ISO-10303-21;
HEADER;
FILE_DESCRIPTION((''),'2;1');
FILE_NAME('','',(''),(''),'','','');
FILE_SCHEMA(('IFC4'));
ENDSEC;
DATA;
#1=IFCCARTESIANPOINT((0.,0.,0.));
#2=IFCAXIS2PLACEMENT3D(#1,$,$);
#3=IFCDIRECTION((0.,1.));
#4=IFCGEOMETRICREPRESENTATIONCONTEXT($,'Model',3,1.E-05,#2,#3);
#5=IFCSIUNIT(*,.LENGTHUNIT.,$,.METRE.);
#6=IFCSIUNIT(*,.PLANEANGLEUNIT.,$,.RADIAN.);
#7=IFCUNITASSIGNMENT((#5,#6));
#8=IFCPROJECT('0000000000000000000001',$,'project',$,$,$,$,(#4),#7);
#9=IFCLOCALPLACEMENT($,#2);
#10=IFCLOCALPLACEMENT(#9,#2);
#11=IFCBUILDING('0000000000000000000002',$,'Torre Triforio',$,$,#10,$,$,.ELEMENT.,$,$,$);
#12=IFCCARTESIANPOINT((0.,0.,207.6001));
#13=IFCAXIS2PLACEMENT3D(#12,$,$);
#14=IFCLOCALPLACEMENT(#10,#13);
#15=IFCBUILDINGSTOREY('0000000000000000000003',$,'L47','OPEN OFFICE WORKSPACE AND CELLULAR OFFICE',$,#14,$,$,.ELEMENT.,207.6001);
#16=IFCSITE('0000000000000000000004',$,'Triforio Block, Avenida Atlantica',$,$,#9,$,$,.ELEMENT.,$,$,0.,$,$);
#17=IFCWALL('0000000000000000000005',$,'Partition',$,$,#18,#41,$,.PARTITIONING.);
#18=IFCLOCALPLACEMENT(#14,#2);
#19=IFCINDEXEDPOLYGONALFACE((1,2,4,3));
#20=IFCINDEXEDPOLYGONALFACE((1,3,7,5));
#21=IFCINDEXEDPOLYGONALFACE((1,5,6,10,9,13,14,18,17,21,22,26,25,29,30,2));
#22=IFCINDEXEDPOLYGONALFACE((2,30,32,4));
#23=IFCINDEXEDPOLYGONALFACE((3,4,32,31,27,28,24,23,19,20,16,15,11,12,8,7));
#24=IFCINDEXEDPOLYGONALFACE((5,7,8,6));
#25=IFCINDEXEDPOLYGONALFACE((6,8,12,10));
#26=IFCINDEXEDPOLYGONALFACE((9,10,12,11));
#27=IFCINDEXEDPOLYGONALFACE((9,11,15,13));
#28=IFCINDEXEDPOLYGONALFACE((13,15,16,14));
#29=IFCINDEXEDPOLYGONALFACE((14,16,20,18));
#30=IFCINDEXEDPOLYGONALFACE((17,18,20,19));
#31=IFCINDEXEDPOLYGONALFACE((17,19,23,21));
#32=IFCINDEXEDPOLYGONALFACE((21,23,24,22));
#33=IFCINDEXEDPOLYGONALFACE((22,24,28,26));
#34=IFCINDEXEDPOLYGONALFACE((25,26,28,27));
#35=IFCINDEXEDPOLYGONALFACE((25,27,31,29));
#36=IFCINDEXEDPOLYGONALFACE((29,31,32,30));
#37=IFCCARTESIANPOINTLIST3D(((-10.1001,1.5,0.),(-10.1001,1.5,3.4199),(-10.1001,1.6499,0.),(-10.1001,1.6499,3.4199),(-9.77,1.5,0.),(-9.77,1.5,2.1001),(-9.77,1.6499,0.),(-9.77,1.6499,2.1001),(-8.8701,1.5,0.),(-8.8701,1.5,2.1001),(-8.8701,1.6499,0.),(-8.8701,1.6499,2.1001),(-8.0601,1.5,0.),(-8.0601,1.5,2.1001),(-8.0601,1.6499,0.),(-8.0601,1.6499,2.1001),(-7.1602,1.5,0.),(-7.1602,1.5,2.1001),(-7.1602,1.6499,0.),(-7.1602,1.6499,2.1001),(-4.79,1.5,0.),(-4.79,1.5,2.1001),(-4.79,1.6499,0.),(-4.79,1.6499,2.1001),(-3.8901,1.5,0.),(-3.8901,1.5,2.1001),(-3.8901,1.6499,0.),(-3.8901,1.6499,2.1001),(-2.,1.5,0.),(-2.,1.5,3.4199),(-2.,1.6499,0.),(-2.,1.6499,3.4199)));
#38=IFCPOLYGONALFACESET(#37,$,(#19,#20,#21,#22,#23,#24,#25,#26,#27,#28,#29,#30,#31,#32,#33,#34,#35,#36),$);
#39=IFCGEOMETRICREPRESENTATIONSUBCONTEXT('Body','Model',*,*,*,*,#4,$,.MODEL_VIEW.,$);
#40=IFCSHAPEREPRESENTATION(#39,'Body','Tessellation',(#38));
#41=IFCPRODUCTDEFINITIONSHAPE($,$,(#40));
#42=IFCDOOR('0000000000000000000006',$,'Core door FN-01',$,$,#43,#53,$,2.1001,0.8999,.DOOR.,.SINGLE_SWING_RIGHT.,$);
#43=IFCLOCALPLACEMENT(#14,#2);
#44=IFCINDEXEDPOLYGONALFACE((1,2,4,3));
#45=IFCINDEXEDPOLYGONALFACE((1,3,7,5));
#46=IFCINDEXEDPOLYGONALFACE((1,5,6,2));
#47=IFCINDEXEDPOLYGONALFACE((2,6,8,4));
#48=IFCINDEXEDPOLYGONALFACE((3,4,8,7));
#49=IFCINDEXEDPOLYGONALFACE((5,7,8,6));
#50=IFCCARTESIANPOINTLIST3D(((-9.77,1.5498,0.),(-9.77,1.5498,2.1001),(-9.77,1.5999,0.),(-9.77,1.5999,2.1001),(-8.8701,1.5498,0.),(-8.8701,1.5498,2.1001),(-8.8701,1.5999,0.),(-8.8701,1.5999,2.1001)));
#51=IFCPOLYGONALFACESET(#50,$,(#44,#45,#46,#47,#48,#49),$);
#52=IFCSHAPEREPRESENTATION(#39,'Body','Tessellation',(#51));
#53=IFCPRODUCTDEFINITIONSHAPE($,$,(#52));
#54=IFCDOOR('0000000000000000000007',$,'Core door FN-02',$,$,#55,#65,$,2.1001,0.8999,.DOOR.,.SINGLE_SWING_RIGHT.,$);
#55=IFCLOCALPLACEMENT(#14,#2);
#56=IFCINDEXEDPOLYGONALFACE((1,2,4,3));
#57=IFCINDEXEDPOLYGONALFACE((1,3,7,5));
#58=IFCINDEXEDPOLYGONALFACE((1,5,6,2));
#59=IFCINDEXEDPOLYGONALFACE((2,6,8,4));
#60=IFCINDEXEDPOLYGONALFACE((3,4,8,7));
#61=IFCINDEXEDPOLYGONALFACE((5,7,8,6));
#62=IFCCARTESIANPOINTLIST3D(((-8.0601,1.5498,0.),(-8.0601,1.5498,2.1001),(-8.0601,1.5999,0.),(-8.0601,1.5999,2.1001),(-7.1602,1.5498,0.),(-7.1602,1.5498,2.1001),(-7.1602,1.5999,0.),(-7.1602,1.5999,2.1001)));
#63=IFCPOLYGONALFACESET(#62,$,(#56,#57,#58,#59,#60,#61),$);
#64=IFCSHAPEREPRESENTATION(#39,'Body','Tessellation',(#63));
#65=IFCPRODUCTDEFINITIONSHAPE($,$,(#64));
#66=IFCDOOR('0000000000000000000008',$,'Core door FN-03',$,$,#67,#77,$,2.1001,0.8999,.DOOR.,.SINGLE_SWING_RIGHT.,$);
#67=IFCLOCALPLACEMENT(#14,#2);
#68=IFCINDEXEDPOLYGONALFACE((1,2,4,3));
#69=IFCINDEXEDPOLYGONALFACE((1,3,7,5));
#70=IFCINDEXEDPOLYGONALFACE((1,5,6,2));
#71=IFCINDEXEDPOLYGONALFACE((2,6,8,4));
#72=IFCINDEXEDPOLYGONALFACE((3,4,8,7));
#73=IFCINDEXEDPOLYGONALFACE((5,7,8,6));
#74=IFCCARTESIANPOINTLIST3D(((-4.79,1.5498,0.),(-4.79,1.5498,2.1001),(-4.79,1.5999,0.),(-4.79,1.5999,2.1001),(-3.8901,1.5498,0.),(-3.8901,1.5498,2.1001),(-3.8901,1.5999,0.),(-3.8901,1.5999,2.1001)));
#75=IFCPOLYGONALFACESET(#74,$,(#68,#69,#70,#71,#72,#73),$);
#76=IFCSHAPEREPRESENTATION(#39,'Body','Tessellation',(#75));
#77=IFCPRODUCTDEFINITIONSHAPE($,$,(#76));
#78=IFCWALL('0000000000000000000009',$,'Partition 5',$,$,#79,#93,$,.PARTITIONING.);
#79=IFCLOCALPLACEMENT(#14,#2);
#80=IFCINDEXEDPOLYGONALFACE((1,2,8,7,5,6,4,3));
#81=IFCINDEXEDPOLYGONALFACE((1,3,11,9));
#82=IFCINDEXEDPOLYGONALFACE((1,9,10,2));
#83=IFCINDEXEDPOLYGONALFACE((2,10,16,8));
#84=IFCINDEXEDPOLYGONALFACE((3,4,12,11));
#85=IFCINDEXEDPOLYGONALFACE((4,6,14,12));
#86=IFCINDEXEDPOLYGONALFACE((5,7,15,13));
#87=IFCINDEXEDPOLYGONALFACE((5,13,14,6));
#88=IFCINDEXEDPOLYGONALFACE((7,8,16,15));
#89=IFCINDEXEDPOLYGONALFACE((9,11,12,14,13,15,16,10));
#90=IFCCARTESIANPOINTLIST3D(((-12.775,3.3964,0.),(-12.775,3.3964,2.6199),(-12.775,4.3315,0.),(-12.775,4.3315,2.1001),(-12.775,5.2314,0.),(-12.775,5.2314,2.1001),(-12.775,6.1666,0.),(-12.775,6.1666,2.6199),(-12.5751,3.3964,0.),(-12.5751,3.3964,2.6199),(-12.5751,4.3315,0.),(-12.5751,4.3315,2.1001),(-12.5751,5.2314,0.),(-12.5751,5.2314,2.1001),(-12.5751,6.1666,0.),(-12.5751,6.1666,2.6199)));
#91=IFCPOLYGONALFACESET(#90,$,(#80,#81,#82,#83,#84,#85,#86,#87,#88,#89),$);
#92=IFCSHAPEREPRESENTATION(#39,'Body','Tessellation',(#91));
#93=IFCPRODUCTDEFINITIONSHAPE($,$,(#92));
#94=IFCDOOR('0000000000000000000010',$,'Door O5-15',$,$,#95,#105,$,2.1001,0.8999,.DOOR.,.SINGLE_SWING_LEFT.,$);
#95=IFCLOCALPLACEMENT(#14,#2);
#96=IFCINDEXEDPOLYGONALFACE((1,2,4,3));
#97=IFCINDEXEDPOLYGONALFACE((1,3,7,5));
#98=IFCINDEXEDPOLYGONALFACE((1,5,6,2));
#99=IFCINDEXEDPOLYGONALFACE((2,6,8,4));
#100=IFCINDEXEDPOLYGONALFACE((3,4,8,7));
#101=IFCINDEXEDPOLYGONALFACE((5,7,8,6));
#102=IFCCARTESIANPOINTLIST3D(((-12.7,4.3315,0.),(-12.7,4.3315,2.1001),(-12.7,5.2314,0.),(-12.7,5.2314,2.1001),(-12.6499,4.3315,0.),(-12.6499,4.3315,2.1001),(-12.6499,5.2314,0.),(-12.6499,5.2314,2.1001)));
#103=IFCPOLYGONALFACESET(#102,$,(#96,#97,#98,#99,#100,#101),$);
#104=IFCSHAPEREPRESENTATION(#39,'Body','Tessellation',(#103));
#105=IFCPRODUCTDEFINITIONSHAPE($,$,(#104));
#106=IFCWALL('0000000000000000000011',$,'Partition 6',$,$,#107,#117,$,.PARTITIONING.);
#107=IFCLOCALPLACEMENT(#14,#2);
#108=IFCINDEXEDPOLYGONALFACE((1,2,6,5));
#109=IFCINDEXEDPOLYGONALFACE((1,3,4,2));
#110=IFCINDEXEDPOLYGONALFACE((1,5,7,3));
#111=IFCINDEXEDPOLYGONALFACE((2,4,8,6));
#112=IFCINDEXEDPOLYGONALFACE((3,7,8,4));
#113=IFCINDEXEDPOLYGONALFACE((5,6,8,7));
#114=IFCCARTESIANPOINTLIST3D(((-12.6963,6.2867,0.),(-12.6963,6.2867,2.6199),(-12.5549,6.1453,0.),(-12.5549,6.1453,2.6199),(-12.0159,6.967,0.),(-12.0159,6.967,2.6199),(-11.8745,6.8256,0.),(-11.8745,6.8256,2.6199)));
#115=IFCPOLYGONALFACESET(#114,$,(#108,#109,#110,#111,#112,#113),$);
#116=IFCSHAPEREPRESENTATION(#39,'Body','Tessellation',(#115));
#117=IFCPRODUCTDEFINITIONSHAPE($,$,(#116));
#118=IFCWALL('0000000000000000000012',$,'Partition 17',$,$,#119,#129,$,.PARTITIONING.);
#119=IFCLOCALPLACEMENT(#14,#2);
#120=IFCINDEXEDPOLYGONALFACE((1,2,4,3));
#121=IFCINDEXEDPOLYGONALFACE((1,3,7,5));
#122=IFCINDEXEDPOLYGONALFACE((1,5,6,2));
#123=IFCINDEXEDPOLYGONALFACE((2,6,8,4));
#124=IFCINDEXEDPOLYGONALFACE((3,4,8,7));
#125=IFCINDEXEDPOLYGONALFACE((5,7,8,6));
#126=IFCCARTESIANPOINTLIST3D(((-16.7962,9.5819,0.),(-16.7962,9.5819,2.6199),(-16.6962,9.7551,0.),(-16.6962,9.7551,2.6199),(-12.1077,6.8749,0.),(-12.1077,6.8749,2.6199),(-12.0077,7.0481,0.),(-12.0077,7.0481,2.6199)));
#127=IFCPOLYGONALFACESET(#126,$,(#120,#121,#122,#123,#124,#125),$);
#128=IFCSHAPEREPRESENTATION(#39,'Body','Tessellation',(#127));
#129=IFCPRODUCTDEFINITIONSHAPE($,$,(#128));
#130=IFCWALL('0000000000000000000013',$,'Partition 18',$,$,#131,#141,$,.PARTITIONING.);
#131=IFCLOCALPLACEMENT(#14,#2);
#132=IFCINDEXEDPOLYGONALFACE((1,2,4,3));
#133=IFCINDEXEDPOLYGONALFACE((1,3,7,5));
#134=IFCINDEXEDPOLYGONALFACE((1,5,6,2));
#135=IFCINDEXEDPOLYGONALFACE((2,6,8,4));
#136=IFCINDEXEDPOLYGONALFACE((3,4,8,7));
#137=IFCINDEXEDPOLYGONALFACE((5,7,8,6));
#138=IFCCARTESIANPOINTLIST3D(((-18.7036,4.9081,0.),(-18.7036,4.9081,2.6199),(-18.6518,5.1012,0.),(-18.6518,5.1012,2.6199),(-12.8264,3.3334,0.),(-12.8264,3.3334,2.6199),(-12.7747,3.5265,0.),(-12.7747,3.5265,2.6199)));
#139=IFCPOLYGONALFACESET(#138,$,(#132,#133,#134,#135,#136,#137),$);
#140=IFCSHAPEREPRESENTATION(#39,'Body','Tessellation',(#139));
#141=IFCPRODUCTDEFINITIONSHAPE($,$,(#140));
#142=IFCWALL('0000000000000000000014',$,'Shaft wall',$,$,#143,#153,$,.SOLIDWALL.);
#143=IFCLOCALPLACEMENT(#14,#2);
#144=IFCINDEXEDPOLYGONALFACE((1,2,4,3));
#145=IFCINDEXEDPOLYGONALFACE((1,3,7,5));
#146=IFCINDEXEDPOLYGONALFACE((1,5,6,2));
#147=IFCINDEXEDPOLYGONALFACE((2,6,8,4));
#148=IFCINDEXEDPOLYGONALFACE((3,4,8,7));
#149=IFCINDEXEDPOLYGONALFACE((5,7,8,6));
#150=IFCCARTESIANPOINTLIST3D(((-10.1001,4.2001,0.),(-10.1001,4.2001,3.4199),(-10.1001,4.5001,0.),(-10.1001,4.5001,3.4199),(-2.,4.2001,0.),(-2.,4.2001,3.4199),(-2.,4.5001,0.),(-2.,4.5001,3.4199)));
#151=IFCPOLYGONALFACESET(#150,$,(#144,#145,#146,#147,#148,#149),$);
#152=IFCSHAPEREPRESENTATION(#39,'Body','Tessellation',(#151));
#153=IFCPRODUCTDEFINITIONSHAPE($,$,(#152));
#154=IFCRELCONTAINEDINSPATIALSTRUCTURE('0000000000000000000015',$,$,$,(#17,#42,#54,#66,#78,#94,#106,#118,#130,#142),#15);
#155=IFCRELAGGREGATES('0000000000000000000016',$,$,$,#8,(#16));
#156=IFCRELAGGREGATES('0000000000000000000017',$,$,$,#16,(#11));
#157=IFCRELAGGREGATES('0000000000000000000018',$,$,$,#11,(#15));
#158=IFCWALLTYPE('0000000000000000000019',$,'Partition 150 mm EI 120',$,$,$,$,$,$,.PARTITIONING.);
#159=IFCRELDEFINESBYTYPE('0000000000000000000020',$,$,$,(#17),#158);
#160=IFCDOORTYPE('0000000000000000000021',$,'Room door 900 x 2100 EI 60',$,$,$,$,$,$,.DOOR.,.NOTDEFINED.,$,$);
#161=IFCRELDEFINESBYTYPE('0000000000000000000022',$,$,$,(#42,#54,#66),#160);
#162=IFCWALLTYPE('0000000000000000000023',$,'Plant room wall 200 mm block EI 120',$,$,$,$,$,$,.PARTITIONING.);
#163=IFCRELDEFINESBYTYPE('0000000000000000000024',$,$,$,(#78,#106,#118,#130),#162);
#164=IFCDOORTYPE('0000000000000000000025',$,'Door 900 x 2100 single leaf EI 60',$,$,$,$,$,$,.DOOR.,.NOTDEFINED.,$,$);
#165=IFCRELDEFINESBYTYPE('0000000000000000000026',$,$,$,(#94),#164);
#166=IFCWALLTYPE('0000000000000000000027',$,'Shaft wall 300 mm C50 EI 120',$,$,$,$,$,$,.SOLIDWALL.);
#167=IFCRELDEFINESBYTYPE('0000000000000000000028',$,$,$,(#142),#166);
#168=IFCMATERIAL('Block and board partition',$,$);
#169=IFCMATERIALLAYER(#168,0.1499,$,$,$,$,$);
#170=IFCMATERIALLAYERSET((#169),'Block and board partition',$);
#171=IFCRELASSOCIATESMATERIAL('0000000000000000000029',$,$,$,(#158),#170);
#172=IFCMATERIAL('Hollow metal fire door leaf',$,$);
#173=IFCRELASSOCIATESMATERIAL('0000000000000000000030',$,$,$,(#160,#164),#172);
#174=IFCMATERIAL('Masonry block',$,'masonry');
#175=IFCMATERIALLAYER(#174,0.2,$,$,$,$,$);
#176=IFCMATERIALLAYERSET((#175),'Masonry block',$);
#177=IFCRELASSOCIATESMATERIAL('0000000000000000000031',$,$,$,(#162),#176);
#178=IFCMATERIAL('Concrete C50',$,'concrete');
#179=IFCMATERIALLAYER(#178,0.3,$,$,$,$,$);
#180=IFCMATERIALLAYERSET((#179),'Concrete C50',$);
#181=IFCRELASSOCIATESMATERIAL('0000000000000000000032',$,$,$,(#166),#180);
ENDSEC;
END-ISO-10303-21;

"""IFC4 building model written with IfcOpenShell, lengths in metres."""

from ifc_helpers import new_model, si_unit, direction, frame, frame_2d, origin, place, context, subcontext, project, spatial, rectangle, extrude, material, layer, layer_set, type_object, element, fill, save


model = new_model("IFC4")

# Units and contexts
model_context = context("Model", 3, precision=1e-05, world=origin(), true_north=direction((0.0, 1.0)))
body_context = subcontext(model_context, "Body", "Model", "MODEL_VIEW")
ifc_project = project(units=[si_unit("LENGTHUNIT", "METRE"), si_unit("PLANEANGLEUNIT", "RADIAN")], contexts=[model_context])

# Site, building, storey
site_placement = place(None, origin())
site = spatial("IfcSite", under=ifc_project, at=site_placement, Name="Triforio Block, Avenida Atlantica", CompositionType="ELEMENT", RefElevation=0.0)
building_placement = place(site_placement, origin())
building = spatial("IfcBuilding", under=site, at=building_placement, Name="Torre Triforio", CompositionType="ELEMENT")
storey_placement = place(building_placement, frame((0.0, 0.0, 207.6001)))
storey = spatial("IfcBuildingStorey", under=building, at=storey_placement, Name="L47", Description="OPEN OFFICE WORKSPACE AND CELLULAR OFFICE", CompositionType="ELEMENT", Elevation=207.6001)

# Shared definitions
ifc_material_1 = material(Name="Concrete C50", Category="concrete")

# Shared definitions
ifc_material_2 = material(Name="Hollow metal fire door leaf")

# Wall, openings, doors
ifc_material_3 = material(Name="Block and board partition")
ifc_layer_1 = layer(ifc_material_3, 0.1499)
ifc_layer_set_1 = layer_set([ifc_layer_1], Name="Block and board partition")
wall_type_1 = type_object("IfcWallType", Name="Partition 150 mm EI 120", PredefinedType="PARTITIONING", material=ifc_layer_set_1)
wall_1_placement = place(storey_placement, frame((-10.1001, 1.575, 0.0), z_axis=(0.0, 0.0, 1.0), x_axis=(1.0, 0.0, 0.0)))
wall_1 = element("IfcWall", 1, at=wall_1_placement, inside=storey, type_object=wall_type_1, Name="Partition", PredefinedType="PARTITIONING", context=body_context, shape_type="SweptSolid", body=[
    extrude(rectangle(XDim=8.1001, YDim=0.1499, at=frame_2d((4.05, 0.0))), origin(), (0.0, 0.0, 1.0), 3.4199),
])
opening_1_placement = place(wall_1_placement, frame((0.3301, 0.0, 0.0)))
opening_1 = element("IfcOpeningElement", 2, at=opening_1_placement, cuts=wall_1, PredefinedType="OPENING", context=body_context, shape_type="SweptSolid", body=[
    extrude(rectangle(XDim=0.8999, YDim=2.1001, at=frame_2d((0.45, 1.05))), frame((0.0, 0.085, 0.0), z_axis=(0.0, -1.0, 0.0), x_axis=(1.0, 0.0, 0.0)), (0.0, 0.0, 1.0), 0.1699),
])
opening_2_placement = place(wall_1_placement, frame((2.04, 0.0, 0.0)))
opening_2 = element("IfcOpeningElement", 3, at=opening_2_placement, cuts=wall_1, PredefinedType="OPENING", context=body_context, shape_type="SweptSolid", body=[
    extrude(rectangle(XDim=0.8999, YDim=2.1001, at=frame_2d((0.45, 1.05))), frame((0.0, 0.085, 0.0), z_axis=(0.0, -1.0, 0.0), x_axis=(1.0, 0.0, 0.0)), (0.0, 0.0, 1.0), 0.1699),
])
opening_3_placement = place(wall_1_placement, frame((5.3101, 0.0, 0.0)))
opening_3 = element("IfcOpeningElement", 4, at=opening_3_placement, cuts=wall_1, PredefinedType="OPENING", context=body_context, shape_type="SweptSolid", body=[
    extrude(rectangle(XDim=0.8999, YDim=2.1001, at=frame_2d((0.45, 1.05))), frame((0.0, 0.085, 0.0), z_axis=(0.0, -1.0, 0.0), x_axis=(1.0, 0.0, 0.0)), (0.0, 0.0, 1.0), 0.1699),
])
door_type_1 = type_object("IfcDoorType", Name="Room door 900 x 2100 EI 60", OperationType="NOTDEFINED", PredefinedType="DOOR", material=ifc_material_2)
door_1_placement = place(opening_1_placement, origin())
door_1 = element("IfcDoor", 5, at=door_1_placement, inside=storey, type_object=door_type_1, Name="Core door FN-01", OperationType="SINGLE_SWING_RIGHT", OverallHeight=2.1001, OverallWidth=0.8999, PredefinedType="DOOR", context=body_context, shape_type="SweptSolid", body=[
    extrude(rectangle(XDim=0.8999, YDim=2.1001, at=frame_2d((0.45, 1.05))), frame((0.0, 0.0249, 0.0), z_axis=(0.0, -1.0, 0.0), x_axis=(1.0, 0.0, 0.0)), (0.0, 0.0, 1.0), 0.05),
])
fill(opening_1, door_1)
door_2_placement = place(opening_2_placement, origin())
door_2 = element("IfcDoor", 6, at=door_2_placement, inside=storey, type_object=door_type_1, Name="Core door FN-02", OperationType="SINGLE_SWING_RIGHT", OverallHeight=2.1001, OverallWidth=0.8999, PredefinedType="DOOR", context=body_context, shape_type="SweptSolid", body=[
    extrude(rectangle(XDim=0.8999, YDim=2.1001, at=frame_2d((0.45, 1.05))), frame((0.0, 0.0249, 0.0), z_axis=(0.0, -1.0, 0.0), x_axis=(1.0, 0.0, 0.0)), (0.0, 0.0, 1.0), 0.05),
])
fill(opening_2, door_2)
door_3_placement = place(opening_3_placement, origin())
door_3 = element("IfcDoor", 7, at=door_3_placement, inside=storey, type_object=door_type_1, Name="Core door FN-03", OperationType="SINGLE_SWING_RIGHT", OverallHeight=2.1001, OverallWidth=0.8999, PredefinedType="DOOR", context=body_context, shape_type="SweptSolid", body=[
    extrude(rectangle(XDim=0.8999, YDim=2.1001, at=frame_2d((0.45, 1.05))), frame((0.0, 0.0249, 0.0), z_axis=(0.0, -1.0, 0.0), x_axis=(1.0, 0.0, 0.0)), (0.0, 0.0, 1.0), 0.05),
])
fill(opening_3, door_3)

# Wall, opening, door
ifc_material_4 = material(Name="Masonry block", Category="masonry")
ifc_layer_2 = layer(ifc_material_4, 0.2)
ifc_layer_set_2 = layer_set([ifc_layer_2], Name="Masonry block")
wall_type_2 = type_object("IfcWallType", Name="Plant room wall 200 mm block EI 120", PredefinedType="PARTITIONING", material=ifc_layer_set_2)
wall_2_placement = place(storey_placement, frame((-12.675, 3.3962, 0.0), z_axis=(0.0, 0.0, 1.0), x_axis=(0.0, 1.0, 0.0)))
wall_2 = element("IfcWall", 8, at=wall_2_placement, inside=storey, type_object=wall_type_2, Name="Partition 5", PredefinedType="PARTITIONING", context=body_context, shape_type="SweptSolid", body=[
    extrude(rectangle(XDim=2.7703, YDim=0.2, at=frame_2d((1.3853, 0.0))), origin(), (0.0, 0.0, 1.0), 2.6199),
])
opening_4_placement = place(wall_2_placement, frame((0.9353, 0.0, 0.0)))
opening_4 = element("IfcOpeningElement", 9, at=opening_4_placement, cuts=wall_2, PredefinedType="OPENING", context=body_context, shape_type="SweptSolid", body=[
    extrude(rectangle(XDim=0.8999, YDim=2.1001, at=frame_2d((0.45, 1.05))), frame((0.0, 0.1099, 0.0), z_axis=(0.0, -1.0, 0.0), x_axis=(1.0, 0.0, 0.0)), (0.0, 0.0, 1.0), 0.22),
])
door_type_2 = type_object("IfcDoorType", Name="Door 900 x 2100 single leaf EI 60", OperationType="NOTDEFINED", PredefinedType="DOOR", material=ifc_material_2)
door_4_placement = place(opening_4_placement, origin())
door_4 = element("IfcDoor", 10, at=door_4_placement, inside=storey, type_object=door_type_2, Name="Door O5-15", OperationType="SINGLE_SWING_LEFT", OverallHeight=2.1001, OverallWidth=0.8999, PredefinedType="DOOR", context=body_context, shape_type="SweptSolid", body=[
    extrude(rectangle(XDim=0.8999, YDim=2.1001, at=frame_2d((0.45, 1.05))), frame((0.0, 0.0249, 0.0), z_axis=(0.0, -1.0, 0.0), x_axis=(1.0, 0.0, 0.0)), (0.0, 0.0, 1.0), 0.05),
])
fill(opening_4, door_4)

# Walls
wall_3_placement = place(storey_placement, frame((-12.6255, 6.2161, 0.0), z_axis=(0.0, 0.0, 1.0), x_axis=(0.707107, 0.707107, 0.0)))
element("IfcWall", 11, at=wall_3_placement, inside=storey, type_object=wall_type_2, Name="Partition 6", PredefinedType="PARTITIONING", context=body_context, shape_type="SweptSolid", body=[
    extrude(rectangle(XDim=0.9622, YDim=0.2, at=frame_2d((0.481, 0.0))), origin(), (0.0, 0.0, 1.0), 2.6199),
])
wall_4_placement = place(storey_placement, frame((-12.0576, 6.9614, 0.0), z_axis=(0.0, 0.0, 1.0), x_axis=(-0.866014, 0.500019, 0.0)))
element("IfcWall", 12, at=wall_4_placement, inside=storey, type_object=wall_type_2, Name="Partition 17", PredefinedType="PARTITIONING", context=body_context, shape_type="SweptSolid", body=[
    extrude(rectangle(XDim=5.4138, YDim=0.2, at=frame_2d((2.707, 0.0))), origin(), (0.0, 0.0, 1.0), 2.6199),
])
wall_5_placement = place(storey_placement, frame((-12.8005, 3.4299, 0.0), z_axis=(0.0, 0.0, 1.0), x_axis=(-0.965929, 0.258806, 0.0)))
element("IfcWall", 13, at=wall_5_placement, inside=storey, type_object=wall_type_2, Name="Partition 18", PredefinedType="PARTITIONING", context=body_context, shape_type="SweptSolid", body=[
    extrude(rectangle(XDim=6.0845, YDim=0.2, at=frame_2d((3.0422, 0.0))), origin(), (0.0, 0.0, 1.0), 2.6199),
])
ifc_layer_3 = layer(ifc_material_1, 0.3)
ifc_layer_set_3 = layer_set([ifc_layer_3], Name="Concrete C50")
wall_type_3 = type_object("IfcWallType", Name="Shaft wall 300 mm C50 EI 120", PredefinedType="SOLIDWALL", material=ifc_layer_set_3)
wall_6_placement = place(storey_placement, frame((-10.1001, 4.3501, 0.0), z_axis=(0.0, 0.0, 1.0), x_axis=(1.0, 0.0, 0.0)))
element("IfcWall", 14, at=wall_6_placement, inside=storey, type_object=wall_type_3, Name="Shaft wall", PredefinedType="SOLIDWALL", context=body_context, shape_type="SweptSolid", body=[
    extrude(rectangle(XDim=8.1001, YDim=0.3, at=frame_2d((4.05, 0.0))), origin(), (0.0, 0.0, 1.0), 3.4199),
])

save(model, "model.ifc")
